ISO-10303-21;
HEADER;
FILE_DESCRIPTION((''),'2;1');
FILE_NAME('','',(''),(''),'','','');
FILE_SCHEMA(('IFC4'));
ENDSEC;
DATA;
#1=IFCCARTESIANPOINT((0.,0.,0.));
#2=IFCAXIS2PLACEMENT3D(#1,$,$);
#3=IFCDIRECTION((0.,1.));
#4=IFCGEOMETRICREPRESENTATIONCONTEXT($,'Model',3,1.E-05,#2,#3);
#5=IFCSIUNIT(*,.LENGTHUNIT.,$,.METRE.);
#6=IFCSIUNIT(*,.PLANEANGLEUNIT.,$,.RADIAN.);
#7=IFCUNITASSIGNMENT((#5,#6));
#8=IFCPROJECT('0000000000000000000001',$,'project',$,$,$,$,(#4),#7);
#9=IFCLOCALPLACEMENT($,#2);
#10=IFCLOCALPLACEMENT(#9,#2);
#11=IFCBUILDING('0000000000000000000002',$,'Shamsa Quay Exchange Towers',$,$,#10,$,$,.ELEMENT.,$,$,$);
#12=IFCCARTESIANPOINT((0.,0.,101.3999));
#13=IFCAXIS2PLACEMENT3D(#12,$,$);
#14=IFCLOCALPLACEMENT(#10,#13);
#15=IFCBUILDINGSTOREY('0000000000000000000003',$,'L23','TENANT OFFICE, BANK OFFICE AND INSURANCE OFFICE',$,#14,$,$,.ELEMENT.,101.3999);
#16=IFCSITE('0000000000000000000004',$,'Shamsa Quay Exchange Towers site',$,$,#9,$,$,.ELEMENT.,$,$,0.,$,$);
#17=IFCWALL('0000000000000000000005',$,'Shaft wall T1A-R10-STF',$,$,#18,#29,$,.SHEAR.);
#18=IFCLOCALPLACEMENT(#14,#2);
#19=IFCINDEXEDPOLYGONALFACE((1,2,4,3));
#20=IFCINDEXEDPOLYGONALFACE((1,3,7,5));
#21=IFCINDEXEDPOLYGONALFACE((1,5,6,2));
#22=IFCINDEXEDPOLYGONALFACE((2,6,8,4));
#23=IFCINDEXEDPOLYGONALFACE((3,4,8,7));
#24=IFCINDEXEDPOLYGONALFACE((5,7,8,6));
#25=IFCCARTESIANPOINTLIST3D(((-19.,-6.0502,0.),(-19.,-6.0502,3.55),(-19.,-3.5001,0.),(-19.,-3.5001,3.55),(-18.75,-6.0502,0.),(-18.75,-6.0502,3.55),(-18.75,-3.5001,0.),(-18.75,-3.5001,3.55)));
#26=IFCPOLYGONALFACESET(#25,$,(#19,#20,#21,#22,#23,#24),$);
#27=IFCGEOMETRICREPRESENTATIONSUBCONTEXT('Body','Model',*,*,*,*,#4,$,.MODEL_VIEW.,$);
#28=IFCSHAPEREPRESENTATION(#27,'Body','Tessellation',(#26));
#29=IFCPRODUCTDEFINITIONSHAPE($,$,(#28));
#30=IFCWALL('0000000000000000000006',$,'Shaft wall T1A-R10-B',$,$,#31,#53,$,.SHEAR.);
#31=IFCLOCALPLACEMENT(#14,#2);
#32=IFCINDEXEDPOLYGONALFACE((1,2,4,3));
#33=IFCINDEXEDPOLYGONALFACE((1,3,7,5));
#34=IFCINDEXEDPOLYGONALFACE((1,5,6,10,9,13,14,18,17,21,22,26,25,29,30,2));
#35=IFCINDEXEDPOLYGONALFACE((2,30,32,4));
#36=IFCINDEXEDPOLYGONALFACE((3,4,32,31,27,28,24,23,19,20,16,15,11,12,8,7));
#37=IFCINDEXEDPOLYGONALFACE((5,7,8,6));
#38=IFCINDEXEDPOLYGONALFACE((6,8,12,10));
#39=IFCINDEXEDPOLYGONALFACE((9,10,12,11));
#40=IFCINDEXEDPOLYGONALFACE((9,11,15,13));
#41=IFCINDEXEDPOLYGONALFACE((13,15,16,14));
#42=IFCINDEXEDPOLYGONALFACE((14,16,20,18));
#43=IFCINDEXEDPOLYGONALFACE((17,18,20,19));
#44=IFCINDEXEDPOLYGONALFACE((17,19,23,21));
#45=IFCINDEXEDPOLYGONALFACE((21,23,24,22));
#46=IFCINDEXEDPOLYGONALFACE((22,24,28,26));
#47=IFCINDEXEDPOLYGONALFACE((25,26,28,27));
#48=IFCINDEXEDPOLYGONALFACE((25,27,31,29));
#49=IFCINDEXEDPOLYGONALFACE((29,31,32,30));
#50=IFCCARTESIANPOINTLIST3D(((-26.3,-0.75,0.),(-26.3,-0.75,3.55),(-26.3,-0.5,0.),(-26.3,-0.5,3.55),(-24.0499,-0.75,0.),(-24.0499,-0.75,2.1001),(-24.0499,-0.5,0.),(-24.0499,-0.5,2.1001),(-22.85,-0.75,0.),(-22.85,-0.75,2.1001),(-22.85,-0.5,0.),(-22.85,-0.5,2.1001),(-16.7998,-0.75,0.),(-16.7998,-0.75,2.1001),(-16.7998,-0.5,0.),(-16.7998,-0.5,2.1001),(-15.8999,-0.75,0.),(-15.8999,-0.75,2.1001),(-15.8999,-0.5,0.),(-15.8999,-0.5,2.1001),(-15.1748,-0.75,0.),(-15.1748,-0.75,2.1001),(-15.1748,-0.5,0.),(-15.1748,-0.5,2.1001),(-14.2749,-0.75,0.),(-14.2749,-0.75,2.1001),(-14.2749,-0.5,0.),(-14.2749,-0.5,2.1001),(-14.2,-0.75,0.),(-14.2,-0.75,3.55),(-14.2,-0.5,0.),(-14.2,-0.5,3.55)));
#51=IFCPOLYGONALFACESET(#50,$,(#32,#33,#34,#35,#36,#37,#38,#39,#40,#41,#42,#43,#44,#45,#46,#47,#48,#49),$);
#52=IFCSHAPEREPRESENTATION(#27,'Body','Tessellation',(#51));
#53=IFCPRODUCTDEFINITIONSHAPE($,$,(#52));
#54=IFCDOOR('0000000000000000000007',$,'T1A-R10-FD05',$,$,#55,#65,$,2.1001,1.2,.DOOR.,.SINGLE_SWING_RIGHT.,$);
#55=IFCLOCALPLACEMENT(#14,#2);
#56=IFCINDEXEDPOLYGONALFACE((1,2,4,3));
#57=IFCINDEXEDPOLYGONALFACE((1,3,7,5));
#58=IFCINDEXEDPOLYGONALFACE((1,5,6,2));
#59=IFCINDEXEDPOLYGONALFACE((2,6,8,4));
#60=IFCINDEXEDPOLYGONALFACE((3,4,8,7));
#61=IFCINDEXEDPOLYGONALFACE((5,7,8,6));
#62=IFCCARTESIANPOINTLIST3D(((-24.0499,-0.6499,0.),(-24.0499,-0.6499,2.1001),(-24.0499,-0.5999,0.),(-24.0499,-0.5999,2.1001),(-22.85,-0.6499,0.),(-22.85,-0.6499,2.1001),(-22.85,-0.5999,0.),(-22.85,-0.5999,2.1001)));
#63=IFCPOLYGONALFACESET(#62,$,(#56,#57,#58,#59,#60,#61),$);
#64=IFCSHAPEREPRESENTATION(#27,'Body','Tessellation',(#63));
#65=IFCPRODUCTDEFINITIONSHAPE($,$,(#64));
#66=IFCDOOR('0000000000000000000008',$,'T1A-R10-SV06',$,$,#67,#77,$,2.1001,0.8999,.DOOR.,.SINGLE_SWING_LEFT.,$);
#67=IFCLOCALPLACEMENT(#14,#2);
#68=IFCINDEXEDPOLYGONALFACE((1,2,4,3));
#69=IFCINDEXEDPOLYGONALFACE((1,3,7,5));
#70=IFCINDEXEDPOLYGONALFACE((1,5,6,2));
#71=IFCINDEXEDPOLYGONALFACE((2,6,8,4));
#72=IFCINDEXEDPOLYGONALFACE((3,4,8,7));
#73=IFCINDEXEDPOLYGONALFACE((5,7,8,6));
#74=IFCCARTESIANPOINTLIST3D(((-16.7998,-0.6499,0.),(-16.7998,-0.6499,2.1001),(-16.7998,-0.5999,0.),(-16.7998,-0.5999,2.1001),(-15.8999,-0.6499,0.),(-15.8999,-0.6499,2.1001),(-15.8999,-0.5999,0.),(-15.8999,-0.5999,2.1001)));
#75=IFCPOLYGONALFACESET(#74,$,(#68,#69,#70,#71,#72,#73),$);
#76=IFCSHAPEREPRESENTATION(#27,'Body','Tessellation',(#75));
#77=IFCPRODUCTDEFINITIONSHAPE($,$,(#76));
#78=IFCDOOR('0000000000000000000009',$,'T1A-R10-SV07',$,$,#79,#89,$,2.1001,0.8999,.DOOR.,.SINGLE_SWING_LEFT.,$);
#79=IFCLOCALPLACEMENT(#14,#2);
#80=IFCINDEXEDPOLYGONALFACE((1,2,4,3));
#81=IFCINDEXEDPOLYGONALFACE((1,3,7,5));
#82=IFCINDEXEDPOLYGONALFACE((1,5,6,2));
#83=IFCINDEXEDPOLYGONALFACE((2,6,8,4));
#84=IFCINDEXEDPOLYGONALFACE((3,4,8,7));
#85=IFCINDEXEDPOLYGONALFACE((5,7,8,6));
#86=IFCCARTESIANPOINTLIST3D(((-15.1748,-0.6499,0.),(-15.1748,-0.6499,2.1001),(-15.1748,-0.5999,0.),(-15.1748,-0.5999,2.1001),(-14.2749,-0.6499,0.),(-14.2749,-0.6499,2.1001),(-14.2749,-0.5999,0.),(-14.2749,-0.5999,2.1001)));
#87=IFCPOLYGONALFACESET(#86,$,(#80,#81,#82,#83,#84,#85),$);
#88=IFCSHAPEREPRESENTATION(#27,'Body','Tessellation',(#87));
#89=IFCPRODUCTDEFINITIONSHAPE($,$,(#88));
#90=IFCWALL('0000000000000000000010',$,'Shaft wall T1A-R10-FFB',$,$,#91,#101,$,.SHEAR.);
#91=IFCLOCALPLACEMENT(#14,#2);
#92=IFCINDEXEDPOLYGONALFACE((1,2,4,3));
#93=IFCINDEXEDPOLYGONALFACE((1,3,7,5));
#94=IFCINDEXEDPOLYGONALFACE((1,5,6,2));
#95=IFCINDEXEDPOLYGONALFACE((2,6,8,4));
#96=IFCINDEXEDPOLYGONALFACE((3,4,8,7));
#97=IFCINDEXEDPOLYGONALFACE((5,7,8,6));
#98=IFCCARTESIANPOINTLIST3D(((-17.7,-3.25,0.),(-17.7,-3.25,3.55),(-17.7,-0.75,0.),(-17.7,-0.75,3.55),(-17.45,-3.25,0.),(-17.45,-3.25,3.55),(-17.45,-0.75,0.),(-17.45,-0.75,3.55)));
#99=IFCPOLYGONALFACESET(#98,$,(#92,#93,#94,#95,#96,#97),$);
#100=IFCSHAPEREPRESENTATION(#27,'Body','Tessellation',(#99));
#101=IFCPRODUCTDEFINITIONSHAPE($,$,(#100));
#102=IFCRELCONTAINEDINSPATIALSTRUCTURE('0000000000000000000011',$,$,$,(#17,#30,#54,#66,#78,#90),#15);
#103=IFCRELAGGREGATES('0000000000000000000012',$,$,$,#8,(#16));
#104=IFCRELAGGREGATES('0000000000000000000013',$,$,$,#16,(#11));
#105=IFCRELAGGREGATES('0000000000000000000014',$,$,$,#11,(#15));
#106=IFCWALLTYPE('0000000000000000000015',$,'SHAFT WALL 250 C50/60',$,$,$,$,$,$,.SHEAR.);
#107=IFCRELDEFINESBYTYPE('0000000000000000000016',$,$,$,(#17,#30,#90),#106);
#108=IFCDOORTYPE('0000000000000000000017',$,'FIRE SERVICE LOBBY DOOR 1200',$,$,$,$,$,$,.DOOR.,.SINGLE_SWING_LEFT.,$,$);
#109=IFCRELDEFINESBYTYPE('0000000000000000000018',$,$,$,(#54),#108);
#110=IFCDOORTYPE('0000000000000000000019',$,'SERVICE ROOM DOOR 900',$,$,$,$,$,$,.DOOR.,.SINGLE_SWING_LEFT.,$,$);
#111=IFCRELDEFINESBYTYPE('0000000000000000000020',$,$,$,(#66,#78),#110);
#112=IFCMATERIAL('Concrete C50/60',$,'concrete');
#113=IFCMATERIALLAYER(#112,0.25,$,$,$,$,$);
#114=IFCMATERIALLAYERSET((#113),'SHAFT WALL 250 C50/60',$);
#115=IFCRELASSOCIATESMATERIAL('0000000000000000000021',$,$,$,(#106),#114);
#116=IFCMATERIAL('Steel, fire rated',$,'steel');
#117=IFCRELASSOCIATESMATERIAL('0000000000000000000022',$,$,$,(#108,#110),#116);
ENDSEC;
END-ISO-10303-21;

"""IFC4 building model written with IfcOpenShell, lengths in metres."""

from ifc_helpers import new_model, si_unit, direction, frame, frame_2d, origin, place, context, subcontext, project, spatial, rectangle, extrude, material, layer, layer_set, type_object, element, fill, save


model = new_model("IFC4")

# Units and contexts
model_context = context("Model", 3, precision=1e-05, world=origin(), true_north=direction((0.0, 1.0)))
body_context = subcontext(model_context, "Body", "Model", "MODEL_VIEW")
ifc_project = project(units=[si_unit("LENGTHUNIT", "METRE"), si_unit("PLANEANGLEUNIT", "RADIAN")], contexts=[model_context])

# Site, building, storey
site_placement = place(None, origin())
site = spatial("IfcSite", under=ifc_project, at=site_placement, Name="Shamsa Quay Exchange Towers site", CompositionType="ELEMENT", RefElevation=0.0)
building_placement = place(site_placement, origin())
building = spatial("IfcBuilding", under=site, at=building_placement, Name="Shamsa Quay Exchange Towers", CompositionType="ELEMENT")
storey_placement = place(building_placement, frame((0.0, 0.0, 101.3999)))
storey = spatial("IfcBuildingStorey", under=building, at=storey_placement, Name="L23", Description="TENANT OFFICE, BANK OFFICE AND INSURANCE OFFICE", CompositionType="ELEMENT", Elevation=101.3999)

# Shared definitions
ifc_material_1 = material(Name="Concrete C50/60", Category="concrete")
ifc_layer_1 = layer(ifc_material_1, 0.25)
ifc_layer_set_1 = layer_set([ifc_layer_1], Name="SHAFT WALL 250 C50/60")
wall_type_1 = type_object("IfcWallType", Name="SHAFT WALL 250 C50/60", PredefinedType="SHEAR", material=ifc_layer_set_1)
ifc_material_2 = material(Name="Steel, fire rated", Category="steel")

# Wall
wall_1_placement = place(storey_placement, frame((-18.875, -6.05, 0.0), z_axis=(0.0, 0.0, 1.0), x_axis=(0.0, 1.0, 0.0)))
element("IfcWall", 1, at=wall_1_placement, inside=storey, type_object=wall_type_1, Name="Shaft wall T1A-R10-STF", PredefinedType="SHEAR", context=body_context, shape_type="SweptSolid", body=[
    extrude(rectangle(XDim=2.55, YDim=0.25, at=frame_2d((1.2749, 0.0))), origin(), (0.0, 0.0, 1.0), 3.55),
])

# Wall, openings, doors
wall_2_placement = place(storey_placement, frame((-14.2, -0.625, 0.0), z_axis=(0.0, 0.0, 1.0), x_axis=(-1.0, 0.0, 0.0)))
wall_2 = element("IfcWall", 2, at=wall_2_placement, inside=storey, type_object=wall_type_1, Name="Shaft wall T1A-R10-B", PredefinedType="SHEAR", context=body_context, shape_type="SweptSolid", body=[
    extrude(rectangle(XDim=12.1001, YDim=0.25, at=frame_2d((6.05, 0.0))), origin(), (0.0, 0.0, 1.0), 3.55),
])
opening_1_placement = place(wall_2_placement, frame((8.6499, 0.0, 0.0)))
opening_1 = element("IfcOpeningElement", 3, at=opening_1_placement, cuts=wall_2, PredefinedType="OPENING", context=body_context, shape_type="SweptSolid", body=[
    extrude(rectangle(XDim=1.2, YDim=2.1001, at=frame_2d((0.6001, 1.05))), frame((0.0, 0.135, 0.0), z_axis=(0.0, -1.0, 0.0), x_axis=(1.0, 0.0, 0.0)), (0.0, 0.0, 1.0), 0.27),
])
opening_2_placement = place(wall_2_placement, frame((1.7, 0.0, 0.0)))
opening_2 = element("IfcOpeningElement", 4, at=opening_2_placement, cuts=wall_2, PredefinedType="OPENING", context=body_context, shape_type="SweptSolid", body=[
    extrude(rectangle(XDim=0.8999, YDim=2.1001, at=frame_2d((0.45, 1.05))), frame((0.0, 0.135, 0.0), z_axis=(0.0, -1.0, 0.0), x_axis=(1.0, 0.0, 0.0)), (0.0, 0.0, 1.0), 0.27),
])
opening_3_placement = place(wall_2_placement, frame((0.075, 0.0, 0.0)))
opening_3 = element("IfcOpeningElement", 5, at=opening_3_placement, cuts=wall_2, PredefinedType="OPENING", context=body_context, shape_type="SweptSolid", body=[
    extrude(rectangle(XDim=0.8999, YDim=2.1001, at=frame_2d((0.45, 1.05))), frame((0.0, 0.135, 0.0), z_axis=(0.0, -1.0, 0.0), x_axis=(1.0, 0.0, 0.0)), (0.0, 0.0, 1.0), 0.27),
])
door_type_1 = type_object("IfcDoorType", Name="FIRE SERVICE LOBBY DOOR 1200", OperationType="SINGLE_SWING_LEFT", PredefinedType="DOOR", material=ifc_material_2)
door_1_placement = place(opening_1_placement, origin())
door_1 = element("IfcDoor", 6, at=door_1_placement, inside=storey, type_object=door_type_1, Name="T1A-R10-FD05", OperationType="SINGLE_SWING_RIGHT", OverallHeight=2.1001, OverallWidth=1.2, PredefinedType="DOOR", context=body_context, shape_type="SweptSolid", body=[
    extrude(rectangle(XDim=1.2, YDim=2.1001, at=frame_2d((0.6001, 1.05))), frame((0.0, 0.0249, 0.0), z_axis=(0.0, -1.0, 0.0), x_axis=(1.0, 0.0, 0.0)), (0.0, 0.0, 1.0), 0.05),
])
fill(opening_1, door_1)
door_type_2 = type_object("IfcDoorType", Name="SERVICE ROOM DOOR 900", OperationType="SINGLE_SWING_LEFT", PredefinedType="DOOR", material=ifc_material_2)
door_2_placement = place(opening_2_placement, origin())
door_2 = element("IfcDoor", 7, at=door_2_placement, inside=storey, type_object=door_type_2, Name="T1A-R10-SV06", OperationType="SINGLE_SWING_LEFT", OverallHeight=2.1001, OverallWidth=0.8999, PredefinedType="DOOR", context=body_context, shape_type="SweptSolid", body=[
    extrude(rectangle(XDim=0.8999, YDim=2.1001, at=frame_2d((0.45, 1.05))), frame((0.0, 0.0249, 0.0), z_axis=(0.0, -1.0, 0.0), x_axis=(1.0, 0.0, 0.0)), (0.0, 0.0, 1.0), 0.05),
])
fill(opening_2, door_2)
door_3_placement = place(opening_3_placement, origin())
door_3 = element("IfcDoor", 8, at=door_3_placement, inside=storey, type_object=door_type_2, Name="T1A-R10-SV07", OperationType="SINGLE_SWING_LEFT", OverallHeight=2.1001, OverallWidth=0.8999, PredefinedType="DOOR", context=body_context, shape_type="SweptSolid", body=[
    extrude(rectangle(XDim=0.8999, YDim=2.1001, at=frame_2d((0.45, 1.05))), frame((0.0, 0.0249, 0.0), z_axis=(0.0, -1.0, 0.0), x_axis=(1.0, 0.0, 0.0)), (0.0, 0.0, 1.0), 0.05),
])
fill(opening_3, door_3)

# Wall
wall_3_placement = place(storey_placement, frame((-17.575, -3.25, 0.0), z_axis=(0.0, 0.0, 1.0), x_axis=(0.0, 1.0, 0.0)))
element("IfcWall", 9, at=wall_3_placement, inside=storey, type_object=wall_type_1, Name="Shaft wall T1A-R10-FFB", PredefinedType="SHEAR", context=body_context, shape_type="SweptSolid", body=[
    extrude(rectangle(XDim=2.5, YDim=0.25, at=frame_2d((1.25, 0.0))), origin(), (0.0, 0.0, 1.0), 3.55),
])

save(model, "model.ifc")
